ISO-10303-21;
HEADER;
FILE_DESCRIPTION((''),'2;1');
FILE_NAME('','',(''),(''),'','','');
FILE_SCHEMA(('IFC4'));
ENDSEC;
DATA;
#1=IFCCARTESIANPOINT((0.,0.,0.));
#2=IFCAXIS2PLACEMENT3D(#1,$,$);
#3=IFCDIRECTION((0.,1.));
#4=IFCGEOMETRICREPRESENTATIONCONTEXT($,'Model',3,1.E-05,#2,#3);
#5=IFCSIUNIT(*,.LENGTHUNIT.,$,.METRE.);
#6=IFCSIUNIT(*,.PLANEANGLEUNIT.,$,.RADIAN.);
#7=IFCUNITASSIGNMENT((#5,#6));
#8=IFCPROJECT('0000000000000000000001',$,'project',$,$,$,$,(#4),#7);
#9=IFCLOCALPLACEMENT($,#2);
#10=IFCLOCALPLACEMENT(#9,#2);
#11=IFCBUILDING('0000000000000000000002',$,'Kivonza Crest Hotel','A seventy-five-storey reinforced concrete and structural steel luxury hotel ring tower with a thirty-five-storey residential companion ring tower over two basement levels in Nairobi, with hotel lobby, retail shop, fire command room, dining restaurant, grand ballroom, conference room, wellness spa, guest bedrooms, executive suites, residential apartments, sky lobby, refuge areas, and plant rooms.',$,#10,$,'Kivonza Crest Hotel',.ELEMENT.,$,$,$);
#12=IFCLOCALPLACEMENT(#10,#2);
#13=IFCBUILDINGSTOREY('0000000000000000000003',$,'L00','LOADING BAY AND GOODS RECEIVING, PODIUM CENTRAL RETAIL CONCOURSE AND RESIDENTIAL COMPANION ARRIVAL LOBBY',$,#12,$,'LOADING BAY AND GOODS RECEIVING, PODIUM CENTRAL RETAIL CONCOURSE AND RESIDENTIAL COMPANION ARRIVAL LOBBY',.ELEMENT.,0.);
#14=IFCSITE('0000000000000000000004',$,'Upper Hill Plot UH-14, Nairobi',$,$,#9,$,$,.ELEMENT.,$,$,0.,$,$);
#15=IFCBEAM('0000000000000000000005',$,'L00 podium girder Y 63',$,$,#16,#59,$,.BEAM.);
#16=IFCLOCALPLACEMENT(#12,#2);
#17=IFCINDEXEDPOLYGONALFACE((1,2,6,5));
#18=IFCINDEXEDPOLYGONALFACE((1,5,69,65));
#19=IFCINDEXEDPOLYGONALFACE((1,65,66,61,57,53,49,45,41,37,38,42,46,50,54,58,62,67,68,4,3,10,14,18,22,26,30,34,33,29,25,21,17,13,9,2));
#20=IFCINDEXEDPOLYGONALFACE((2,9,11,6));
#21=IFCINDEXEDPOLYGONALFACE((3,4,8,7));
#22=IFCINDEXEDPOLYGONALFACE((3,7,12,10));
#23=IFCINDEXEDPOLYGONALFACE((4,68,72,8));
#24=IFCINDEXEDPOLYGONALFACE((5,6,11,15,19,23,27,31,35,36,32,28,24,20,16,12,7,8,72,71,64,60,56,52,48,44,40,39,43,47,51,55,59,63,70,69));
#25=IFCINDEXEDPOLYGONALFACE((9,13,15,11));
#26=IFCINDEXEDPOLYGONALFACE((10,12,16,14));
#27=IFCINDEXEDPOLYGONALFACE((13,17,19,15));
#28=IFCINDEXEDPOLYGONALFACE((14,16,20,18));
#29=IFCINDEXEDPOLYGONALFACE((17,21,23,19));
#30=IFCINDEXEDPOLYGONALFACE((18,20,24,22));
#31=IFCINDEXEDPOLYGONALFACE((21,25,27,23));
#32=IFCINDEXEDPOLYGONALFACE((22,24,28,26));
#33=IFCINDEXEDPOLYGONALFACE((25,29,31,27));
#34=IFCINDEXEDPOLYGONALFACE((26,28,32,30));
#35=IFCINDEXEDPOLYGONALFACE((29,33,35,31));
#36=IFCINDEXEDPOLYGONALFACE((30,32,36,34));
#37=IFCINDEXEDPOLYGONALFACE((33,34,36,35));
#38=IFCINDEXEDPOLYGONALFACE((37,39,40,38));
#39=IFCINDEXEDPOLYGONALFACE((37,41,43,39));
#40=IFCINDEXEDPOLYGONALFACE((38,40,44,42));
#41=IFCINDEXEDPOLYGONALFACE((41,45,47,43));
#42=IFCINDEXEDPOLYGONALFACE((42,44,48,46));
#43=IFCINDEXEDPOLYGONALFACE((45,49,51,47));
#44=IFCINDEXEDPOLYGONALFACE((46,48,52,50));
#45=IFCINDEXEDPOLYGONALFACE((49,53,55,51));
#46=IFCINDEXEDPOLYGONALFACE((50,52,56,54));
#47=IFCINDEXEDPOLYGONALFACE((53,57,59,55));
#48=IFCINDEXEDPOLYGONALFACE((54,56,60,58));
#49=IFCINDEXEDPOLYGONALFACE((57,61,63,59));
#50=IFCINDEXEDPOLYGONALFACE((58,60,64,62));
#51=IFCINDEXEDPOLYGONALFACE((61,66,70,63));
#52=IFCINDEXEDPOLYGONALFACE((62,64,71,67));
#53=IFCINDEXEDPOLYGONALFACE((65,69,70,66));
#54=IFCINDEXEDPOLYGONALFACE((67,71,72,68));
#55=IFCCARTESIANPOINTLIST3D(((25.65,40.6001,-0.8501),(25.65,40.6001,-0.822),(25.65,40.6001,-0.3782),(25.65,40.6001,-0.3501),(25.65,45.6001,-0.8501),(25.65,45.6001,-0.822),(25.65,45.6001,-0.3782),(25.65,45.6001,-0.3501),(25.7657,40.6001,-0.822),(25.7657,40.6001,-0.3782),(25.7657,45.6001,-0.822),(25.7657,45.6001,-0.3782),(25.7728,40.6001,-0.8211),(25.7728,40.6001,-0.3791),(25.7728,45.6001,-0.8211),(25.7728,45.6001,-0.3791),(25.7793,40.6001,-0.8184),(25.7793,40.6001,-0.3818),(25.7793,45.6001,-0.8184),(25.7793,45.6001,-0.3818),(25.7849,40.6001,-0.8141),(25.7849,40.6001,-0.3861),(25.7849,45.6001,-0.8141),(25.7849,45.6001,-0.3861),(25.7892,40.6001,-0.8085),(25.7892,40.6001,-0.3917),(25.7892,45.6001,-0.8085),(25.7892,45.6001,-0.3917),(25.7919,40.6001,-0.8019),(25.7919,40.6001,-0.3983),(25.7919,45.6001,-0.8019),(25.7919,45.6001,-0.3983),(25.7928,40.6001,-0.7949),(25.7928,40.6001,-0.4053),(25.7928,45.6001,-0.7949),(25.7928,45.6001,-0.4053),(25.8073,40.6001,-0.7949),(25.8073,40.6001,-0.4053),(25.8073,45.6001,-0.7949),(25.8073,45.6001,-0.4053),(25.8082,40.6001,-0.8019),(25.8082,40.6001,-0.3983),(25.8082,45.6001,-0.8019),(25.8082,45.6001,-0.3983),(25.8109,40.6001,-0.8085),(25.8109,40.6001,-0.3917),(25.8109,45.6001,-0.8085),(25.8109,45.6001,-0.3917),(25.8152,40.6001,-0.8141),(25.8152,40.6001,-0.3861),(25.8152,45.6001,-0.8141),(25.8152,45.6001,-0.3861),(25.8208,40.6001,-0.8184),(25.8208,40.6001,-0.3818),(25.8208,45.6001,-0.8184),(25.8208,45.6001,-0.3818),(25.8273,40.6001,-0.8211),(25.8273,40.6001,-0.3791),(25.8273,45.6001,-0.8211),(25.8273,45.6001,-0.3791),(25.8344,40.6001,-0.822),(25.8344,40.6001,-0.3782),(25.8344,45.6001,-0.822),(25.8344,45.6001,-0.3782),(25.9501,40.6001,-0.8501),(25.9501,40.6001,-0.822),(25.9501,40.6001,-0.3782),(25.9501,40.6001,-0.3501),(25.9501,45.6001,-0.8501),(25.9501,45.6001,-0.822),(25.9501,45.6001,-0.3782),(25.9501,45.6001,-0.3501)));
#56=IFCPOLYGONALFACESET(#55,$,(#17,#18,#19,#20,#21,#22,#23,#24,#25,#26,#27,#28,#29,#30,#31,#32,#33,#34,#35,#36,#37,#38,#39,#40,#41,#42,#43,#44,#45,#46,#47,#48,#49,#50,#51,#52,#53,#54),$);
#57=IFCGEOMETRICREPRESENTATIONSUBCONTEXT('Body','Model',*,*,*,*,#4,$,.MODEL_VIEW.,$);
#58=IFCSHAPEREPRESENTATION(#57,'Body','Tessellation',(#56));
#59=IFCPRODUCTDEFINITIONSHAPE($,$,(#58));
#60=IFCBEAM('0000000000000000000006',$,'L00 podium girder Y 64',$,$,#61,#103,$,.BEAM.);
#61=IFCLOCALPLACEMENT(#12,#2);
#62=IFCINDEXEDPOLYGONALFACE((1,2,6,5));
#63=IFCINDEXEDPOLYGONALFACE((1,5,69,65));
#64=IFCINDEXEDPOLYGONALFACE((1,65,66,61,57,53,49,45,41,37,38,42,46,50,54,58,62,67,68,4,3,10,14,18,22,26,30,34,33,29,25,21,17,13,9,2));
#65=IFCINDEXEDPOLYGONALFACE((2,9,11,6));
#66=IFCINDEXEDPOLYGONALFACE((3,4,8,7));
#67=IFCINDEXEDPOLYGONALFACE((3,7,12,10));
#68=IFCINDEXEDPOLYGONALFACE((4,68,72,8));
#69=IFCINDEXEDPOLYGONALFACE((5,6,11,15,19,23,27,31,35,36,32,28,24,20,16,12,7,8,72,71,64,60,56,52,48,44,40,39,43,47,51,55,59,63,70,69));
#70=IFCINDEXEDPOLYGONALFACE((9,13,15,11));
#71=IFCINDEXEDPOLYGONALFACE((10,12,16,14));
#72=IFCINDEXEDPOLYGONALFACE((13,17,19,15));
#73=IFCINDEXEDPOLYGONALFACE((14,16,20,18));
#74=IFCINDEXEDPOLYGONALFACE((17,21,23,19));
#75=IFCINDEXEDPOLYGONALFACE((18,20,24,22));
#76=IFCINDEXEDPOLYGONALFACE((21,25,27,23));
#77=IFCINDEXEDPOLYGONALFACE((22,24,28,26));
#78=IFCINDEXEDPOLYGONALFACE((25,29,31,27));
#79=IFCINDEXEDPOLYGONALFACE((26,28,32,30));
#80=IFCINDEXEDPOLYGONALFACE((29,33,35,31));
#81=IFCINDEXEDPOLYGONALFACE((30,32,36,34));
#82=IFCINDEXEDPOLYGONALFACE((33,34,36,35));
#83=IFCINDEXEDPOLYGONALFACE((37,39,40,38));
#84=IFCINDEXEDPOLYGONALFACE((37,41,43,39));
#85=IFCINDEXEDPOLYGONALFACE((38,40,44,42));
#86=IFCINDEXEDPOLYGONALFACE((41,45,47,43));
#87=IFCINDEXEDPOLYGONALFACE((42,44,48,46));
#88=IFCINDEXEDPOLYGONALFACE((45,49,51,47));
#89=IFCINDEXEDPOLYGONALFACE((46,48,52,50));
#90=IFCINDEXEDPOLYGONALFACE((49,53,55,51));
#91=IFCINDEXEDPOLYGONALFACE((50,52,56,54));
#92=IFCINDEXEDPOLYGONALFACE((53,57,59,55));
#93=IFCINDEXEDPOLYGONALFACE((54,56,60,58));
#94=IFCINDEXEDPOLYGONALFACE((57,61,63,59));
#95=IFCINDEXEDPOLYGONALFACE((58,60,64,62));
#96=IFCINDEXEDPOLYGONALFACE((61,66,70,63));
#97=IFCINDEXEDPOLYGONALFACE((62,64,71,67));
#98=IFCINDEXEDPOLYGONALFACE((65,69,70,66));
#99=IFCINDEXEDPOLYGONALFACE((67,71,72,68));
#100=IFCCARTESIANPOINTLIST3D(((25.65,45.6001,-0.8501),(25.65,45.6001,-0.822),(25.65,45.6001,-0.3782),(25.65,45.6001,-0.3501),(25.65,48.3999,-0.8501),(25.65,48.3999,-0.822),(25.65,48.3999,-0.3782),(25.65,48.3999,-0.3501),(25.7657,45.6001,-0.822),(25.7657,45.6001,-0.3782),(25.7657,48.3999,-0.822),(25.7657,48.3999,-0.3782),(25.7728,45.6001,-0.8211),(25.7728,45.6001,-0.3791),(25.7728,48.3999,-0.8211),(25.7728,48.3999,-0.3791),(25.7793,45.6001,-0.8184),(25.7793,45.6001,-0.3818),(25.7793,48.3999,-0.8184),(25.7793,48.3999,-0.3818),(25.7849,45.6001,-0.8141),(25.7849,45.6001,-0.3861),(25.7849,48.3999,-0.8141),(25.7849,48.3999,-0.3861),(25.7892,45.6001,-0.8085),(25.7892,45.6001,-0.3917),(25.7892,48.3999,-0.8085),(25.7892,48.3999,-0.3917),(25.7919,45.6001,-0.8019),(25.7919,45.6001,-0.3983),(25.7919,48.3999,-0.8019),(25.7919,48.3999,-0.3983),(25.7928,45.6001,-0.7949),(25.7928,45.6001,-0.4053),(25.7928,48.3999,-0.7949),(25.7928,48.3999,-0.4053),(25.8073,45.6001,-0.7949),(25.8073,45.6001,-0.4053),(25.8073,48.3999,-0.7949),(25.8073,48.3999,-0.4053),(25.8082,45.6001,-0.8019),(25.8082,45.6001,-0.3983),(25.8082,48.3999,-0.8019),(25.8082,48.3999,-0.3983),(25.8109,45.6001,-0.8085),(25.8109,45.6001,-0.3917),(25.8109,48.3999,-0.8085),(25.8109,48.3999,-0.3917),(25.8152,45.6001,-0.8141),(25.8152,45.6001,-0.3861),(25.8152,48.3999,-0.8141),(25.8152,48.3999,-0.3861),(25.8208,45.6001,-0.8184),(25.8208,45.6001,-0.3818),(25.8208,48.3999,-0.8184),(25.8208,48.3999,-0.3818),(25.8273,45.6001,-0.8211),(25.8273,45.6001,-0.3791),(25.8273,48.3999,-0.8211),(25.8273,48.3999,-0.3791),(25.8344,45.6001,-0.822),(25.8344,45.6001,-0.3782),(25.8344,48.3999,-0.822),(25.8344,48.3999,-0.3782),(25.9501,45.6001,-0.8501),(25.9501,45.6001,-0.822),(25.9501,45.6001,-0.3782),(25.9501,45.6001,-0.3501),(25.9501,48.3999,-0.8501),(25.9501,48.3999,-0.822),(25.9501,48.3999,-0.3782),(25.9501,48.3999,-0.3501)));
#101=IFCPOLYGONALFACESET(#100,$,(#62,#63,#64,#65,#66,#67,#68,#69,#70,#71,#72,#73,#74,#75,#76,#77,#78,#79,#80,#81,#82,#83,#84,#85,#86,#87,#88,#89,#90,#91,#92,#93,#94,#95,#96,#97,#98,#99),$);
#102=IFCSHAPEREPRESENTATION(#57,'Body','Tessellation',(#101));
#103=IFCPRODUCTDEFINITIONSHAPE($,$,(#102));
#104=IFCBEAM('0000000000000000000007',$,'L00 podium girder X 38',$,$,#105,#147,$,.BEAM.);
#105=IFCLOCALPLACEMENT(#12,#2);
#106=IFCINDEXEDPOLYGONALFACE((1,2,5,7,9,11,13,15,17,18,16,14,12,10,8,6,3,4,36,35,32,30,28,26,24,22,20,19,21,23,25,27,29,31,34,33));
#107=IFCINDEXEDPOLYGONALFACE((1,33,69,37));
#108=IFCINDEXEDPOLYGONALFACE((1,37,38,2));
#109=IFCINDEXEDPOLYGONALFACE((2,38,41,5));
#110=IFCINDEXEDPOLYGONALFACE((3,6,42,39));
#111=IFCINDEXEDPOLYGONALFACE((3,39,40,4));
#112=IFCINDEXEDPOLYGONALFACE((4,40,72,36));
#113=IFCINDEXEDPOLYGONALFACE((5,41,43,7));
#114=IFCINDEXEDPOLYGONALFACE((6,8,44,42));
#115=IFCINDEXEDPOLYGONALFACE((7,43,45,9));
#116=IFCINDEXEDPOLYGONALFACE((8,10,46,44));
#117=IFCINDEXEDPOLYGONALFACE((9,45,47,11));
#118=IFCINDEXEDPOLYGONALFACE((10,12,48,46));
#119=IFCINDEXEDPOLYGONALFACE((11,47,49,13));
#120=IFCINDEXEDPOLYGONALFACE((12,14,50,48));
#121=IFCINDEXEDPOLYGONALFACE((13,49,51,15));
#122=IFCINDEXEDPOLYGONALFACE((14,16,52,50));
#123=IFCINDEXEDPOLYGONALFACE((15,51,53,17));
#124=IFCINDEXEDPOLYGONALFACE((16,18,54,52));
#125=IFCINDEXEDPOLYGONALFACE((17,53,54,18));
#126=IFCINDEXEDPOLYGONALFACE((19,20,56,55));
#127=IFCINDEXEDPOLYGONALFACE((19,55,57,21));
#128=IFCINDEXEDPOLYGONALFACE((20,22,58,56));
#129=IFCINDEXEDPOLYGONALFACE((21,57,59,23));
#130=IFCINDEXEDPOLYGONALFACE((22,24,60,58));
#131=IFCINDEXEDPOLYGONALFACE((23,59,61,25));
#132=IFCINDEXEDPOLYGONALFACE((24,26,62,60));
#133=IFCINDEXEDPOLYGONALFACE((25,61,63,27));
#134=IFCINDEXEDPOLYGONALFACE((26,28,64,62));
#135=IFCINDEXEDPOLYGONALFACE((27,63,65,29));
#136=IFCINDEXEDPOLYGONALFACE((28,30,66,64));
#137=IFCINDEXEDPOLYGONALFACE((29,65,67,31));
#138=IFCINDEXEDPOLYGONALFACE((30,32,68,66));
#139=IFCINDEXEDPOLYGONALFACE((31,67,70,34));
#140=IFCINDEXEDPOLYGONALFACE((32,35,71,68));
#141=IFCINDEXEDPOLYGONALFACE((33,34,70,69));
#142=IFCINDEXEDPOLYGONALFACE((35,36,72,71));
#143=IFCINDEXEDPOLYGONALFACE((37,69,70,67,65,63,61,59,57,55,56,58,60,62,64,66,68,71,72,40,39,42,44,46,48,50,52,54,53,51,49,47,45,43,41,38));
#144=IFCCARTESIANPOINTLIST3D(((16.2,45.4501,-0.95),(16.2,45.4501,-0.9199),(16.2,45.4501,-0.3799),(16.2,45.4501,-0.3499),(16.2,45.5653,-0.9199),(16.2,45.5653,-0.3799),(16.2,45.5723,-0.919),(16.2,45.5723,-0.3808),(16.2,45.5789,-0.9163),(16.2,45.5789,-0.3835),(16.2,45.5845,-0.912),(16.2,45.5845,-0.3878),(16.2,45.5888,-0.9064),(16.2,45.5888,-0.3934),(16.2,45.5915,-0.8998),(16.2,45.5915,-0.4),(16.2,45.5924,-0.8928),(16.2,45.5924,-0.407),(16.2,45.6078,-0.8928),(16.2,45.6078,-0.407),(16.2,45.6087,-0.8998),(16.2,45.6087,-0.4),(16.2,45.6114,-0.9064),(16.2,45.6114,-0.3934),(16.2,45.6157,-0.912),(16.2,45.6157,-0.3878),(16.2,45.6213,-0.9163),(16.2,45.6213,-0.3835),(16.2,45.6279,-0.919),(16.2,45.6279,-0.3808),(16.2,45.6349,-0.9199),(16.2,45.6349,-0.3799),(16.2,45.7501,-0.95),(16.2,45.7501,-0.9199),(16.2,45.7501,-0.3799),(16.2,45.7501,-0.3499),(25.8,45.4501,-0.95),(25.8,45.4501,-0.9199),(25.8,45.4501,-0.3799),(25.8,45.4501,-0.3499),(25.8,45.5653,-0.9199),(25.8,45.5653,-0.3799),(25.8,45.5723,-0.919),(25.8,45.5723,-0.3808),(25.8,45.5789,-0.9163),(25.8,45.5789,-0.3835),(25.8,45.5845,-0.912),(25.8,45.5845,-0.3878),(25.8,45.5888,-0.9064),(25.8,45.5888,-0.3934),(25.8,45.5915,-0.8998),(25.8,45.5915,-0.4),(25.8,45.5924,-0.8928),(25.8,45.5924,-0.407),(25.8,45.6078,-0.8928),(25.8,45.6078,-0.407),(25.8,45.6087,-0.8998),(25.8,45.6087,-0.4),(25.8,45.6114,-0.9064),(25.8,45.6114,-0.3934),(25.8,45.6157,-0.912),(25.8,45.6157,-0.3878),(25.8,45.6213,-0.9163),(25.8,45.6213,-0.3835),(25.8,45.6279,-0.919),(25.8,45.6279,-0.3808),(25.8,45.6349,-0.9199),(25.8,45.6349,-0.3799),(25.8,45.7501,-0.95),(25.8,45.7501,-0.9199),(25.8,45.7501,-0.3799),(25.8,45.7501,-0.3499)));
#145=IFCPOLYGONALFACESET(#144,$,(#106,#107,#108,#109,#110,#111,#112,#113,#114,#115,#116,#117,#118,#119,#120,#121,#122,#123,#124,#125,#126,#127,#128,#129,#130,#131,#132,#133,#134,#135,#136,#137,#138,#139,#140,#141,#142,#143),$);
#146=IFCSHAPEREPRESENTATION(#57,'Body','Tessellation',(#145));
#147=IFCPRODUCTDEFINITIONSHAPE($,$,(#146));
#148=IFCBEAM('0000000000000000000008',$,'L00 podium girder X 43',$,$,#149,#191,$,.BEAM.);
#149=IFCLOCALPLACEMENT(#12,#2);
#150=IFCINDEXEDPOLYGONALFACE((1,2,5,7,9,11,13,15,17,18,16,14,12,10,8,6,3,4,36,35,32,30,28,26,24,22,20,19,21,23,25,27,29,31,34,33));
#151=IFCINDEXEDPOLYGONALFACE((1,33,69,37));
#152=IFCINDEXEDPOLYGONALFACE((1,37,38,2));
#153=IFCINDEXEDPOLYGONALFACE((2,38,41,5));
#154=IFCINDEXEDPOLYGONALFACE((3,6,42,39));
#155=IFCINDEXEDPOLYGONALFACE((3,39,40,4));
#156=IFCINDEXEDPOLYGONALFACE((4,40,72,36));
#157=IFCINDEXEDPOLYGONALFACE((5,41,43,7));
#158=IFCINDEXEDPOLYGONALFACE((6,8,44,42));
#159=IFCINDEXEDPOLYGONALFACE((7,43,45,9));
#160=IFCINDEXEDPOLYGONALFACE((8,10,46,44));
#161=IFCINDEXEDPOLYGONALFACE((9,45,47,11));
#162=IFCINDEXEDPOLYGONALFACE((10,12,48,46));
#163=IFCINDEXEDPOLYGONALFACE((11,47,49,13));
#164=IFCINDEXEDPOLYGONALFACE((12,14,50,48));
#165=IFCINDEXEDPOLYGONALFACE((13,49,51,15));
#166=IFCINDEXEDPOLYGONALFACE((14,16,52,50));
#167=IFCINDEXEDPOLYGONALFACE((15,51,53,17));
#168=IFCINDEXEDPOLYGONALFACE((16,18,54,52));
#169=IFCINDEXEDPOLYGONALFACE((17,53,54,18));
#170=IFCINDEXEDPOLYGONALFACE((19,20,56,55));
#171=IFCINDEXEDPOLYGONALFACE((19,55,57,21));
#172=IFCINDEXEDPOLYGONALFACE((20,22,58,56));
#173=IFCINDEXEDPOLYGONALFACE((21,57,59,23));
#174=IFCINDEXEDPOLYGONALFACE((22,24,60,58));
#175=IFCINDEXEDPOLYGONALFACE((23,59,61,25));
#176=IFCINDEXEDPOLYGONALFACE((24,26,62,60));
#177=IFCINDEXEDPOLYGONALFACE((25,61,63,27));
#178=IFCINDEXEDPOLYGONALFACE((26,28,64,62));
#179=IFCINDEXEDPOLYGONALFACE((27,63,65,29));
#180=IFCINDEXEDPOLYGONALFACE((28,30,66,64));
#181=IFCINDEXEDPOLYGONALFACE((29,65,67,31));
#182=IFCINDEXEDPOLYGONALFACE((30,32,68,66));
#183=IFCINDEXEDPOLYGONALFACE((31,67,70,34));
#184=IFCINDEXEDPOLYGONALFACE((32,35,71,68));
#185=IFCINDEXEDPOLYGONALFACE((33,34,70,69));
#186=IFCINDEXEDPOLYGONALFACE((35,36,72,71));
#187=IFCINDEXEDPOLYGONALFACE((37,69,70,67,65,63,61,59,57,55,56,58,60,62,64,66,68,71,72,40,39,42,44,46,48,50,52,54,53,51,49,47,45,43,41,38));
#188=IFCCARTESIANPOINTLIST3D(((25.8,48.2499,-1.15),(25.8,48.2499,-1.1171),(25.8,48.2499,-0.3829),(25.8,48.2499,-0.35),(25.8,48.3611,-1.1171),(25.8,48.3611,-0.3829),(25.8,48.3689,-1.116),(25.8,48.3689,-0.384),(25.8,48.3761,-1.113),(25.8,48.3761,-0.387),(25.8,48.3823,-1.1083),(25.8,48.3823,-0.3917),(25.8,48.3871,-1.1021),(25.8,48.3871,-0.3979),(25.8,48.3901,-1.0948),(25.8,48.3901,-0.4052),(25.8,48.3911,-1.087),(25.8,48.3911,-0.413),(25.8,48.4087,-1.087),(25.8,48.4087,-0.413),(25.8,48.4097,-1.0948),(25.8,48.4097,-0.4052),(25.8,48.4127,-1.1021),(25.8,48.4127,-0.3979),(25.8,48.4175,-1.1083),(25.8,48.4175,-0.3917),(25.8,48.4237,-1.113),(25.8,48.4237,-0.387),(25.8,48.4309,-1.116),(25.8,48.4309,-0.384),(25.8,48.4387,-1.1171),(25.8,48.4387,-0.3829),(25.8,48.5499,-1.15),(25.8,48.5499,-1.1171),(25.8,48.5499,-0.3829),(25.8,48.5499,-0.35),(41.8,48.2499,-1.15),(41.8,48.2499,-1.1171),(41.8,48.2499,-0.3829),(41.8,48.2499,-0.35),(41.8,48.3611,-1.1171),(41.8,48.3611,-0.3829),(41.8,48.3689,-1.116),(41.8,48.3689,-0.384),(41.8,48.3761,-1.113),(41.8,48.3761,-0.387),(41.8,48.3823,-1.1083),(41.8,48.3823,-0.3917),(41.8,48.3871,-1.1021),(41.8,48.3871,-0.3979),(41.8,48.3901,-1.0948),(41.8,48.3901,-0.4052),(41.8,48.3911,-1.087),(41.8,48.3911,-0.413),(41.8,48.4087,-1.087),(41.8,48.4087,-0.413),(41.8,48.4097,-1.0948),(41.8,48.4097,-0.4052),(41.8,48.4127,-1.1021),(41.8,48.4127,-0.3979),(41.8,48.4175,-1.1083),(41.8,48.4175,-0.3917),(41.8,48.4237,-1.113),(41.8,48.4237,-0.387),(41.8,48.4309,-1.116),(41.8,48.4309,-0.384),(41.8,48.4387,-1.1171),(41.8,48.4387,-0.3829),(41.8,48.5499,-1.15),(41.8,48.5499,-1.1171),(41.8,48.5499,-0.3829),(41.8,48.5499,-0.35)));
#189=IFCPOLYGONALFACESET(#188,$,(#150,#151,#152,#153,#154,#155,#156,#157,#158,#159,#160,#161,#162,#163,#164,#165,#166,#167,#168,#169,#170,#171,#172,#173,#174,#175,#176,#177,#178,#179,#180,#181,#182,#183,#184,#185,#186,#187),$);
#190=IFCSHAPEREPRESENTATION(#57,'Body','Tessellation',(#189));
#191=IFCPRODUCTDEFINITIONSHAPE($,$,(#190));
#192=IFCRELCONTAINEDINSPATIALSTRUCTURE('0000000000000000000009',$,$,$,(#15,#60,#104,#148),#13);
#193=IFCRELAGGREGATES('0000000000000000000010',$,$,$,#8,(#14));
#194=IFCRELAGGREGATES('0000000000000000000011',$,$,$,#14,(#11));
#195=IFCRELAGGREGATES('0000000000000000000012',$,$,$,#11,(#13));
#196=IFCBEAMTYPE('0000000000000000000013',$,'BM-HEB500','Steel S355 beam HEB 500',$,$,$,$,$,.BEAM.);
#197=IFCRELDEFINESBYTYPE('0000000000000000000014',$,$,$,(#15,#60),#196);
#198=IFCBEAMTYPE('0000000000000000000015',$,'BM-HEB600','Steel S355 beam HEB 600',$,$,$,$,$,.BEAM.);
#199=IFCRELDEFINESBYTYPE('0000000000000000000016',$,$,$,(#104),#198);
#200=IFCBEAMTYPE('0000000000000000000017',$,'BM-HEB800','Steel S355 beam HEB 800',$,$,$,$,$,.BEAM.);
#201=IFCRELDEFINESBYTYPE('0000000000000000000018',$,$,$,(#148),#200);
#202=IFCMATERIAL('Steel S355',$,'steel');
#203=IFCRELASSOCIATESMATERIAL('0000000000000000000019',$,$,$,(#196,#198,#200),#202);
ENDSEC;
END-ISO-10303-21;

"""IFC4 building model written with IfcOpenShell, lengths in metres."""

from ifc_helpers import new_model, si_unit, direction, frame, origin, origin_2d, place, context, subcontext, project, spatial, i_section, extrude, material, material_profile, profile_set, type_object, element, save


model = new_model("IFC4")

# Units and contexts
model_context = context("Model", 3, precision=1e-05, world=origin(), true_north=direction((0.0, 1.0)))
body_context = subcontext(model_context, "Body", "Model", "MODEL_VIEW")
ifc_project = project(units=[si_unit("LENGTHUNIT", "METRE"), si_unit("PLANEANGLEUNIT", "RADIAN")], contexts=[model_context])

# Site, building, storey
site_placement = place(None, origin())
site = spatial("IfcSite", under=ifc_project, at=site_placement, Name="Upper Hill Plot UH-14, Nairobi", CompositionType="ELEMENT", RefElevation=0.0)
building_placement = place(site_placement, origin())
building = spatial("IfcBuilding", under=site, at=building_placement, Name="Kivonza Crest Hotel", Description="A seventy-five-storey reinforced concrete and structural steel luxury hotel ring tower with a thirty-five-storey residential companion ring tower over two basement levels in Nairobi, with hotel lobby, retail shop, fire command room, dining restaurant, grand ballroom, conference room, wellness spa, guest bedrooms, executive suites, residential apartments, sky lobby, refuge areas, and plant rooms.", LongName="Kivonza Crest Hotel", CompositionType="ELEMENT")
storey_placement = place(building_placement, origin())
storey = spatial("IfcBuildingStorey", under=building, at=storey_placement, Name="L00", Description="LOADING BAY AND GOODS RECEIVING, PODIUM CENTRAL RETAIL CONCOURSE AND RESIDENTIAL COMPANION ARRIVAL LOBBY", LongName="LOADING BAY AND GOODS RECEIVING, PODIUM CENTRAL RETAIL CONCOURSE AND RESIDENTIAL COMPANION ARRIVAL LOBBY", CompositionType="ELEMENT", Elevation=0.0)

# Beams
ifc_material_1 = material(Name="Steel S355", Category="steel")
ifc_material_profile_1 = material_profile(ifc_material_1, i_section(OverallWidth=0.3, OverallDepth=0.5, WebThickness=0.0144, FlangeThickness=0.0281, FilletRadius=0.0271, at=origin_2d()), Name="HEB 500")
ifc_profile_set_1 = profile_set([ifc_material_profile_1], Name="Steel S355")
beam_type_1 = type_object("IfcBeamType", Name="BM-HEB500", Description="Steel S355 beam HEB 500", PredefinedType="BEAM", material=ifc_profile_set_1)
beam_1_placement = place(storey_placement, frame((25.8, 40.6001, -0.6001), z_axis=(0.0, 1.0, 0.0), x_axis=(-1.0, 0.0, 0.0)))
element("IfcBeam", 1, at=beam_1_placement, inside=storey, type_object=beam_type_1, Name="L00 podium girder Y 63", PredefinedType="BEAM", context=body_context, shape_type="SweptSolid", body=[
    extrude(i_section(OverallWidth=0.3, OverallDepth=0.5, WebThickness=0.0144, FlangeThickness=0.0281, FilletRadius=0.0271, at=origin_2d()), origin(), (0.0, 0.0, 1.0), 5.0),
])
beam_2_placement = place(storey_placement, frame((25.8, 45.6001, -0.6001), z_axis=(0.0, 1.0, 0.0), x_axis=(-1.0, 0.0, 0.0)))
element("IfcBeam", 2, at=beam_2_placement, inside=storey, type_object=beam_type_1, Name="L00 podium girder Y 64", PredefinedType="BEAM", context=body_context, shape_type="SweptSolid", body=[
    extrude(i_section(OverallWidth=0.3, OverallDepth=0.5, WebThickness=0.0144, FlangeThickness=0.0281, FilletRadius=0.0271, at=origin_2d()), origin(), (0.0, 0.0, 1.0), 2.7998),
])
ifc_material_profile_2 = material_profile(ifc_material_1, i_section(OverallWidth=0.3, OverallDepth=0.6001, WebThickness=0.0154, FlangeThickness=0.03, FilletRadius=0.0271, at=origin_2d()), Name="HEB 600")
ifc_profile_set_2 = profile_set([ifc_material_profile_2], Name="Steel S355")
beam_type_2 = type_object("IfcBeamType", Name="BM-HEB600", Description="Steel S355 beam HEB 600", PredefinedType="BEAM", material=ifc_profile_set_2)
beam_3_placement = place(storey_placement, frame((16.2, 45.6001, -0.6499), z_axis=(1.0, 0.0, 0.0), x_axis=(0.0, 1.0, 0.0)))
element("IfcBeam", 3, at=beam_3_placement, inside=storey, type_object=beam_type_2, Name="L00 podium girder X 38", PredefinedType="BEAM", context=body_context, shape_type="SweptSolid", body=[
    extrude(i_section(OverallWidth=0.3, OverallDepth=0.6001, WebThickness=0.0154, FlangeThickness=0.03, FilletRadius=0.0271, at=origin_2d()), origin(), (0.0, 0.0, 1.0), 9.6001),
])
ifc_material_profile_3 = material_profile(ifc_material_1, i_section(OverallWidth=0.3, OverallDepth=0.8, WebThickness=0.0176, FlangeThickness=0.033, FilletRadius=0.03, at=origin_2d()), Name="HEB 800")
ifc_profile_set_3 = profile_set([ifc_material_profile_3], Name="Steel S355")
beam_type_3 = type_object("IfcBeamType", Name="BM-HEB800", Description="Steel S355 beam HEB 800", PredefinedType="BEAM", material=ifc_profile_set_3)
beam_4_placement = place(storey_placement, frame((25.8, 48.3999, -0.75), z_axis=(1.0, 0.0, 0.0), x_axis=(0.0, 1.0, 0.0)))
element("IfcBeam", 4, at=beam_4_placement, inside=storey, type_object=beam_type_3, Name="L00 podium girder X 43", PredefinedType="BEAM", context=body_context, shape_type="SweptSolid", body=[
    extrude(i_section(OverallWidth=0.3, OverallDepth=0.8, WebThickness=0.0176, FlangeThickness=0.033, FilletRadius=0.03, at=origin_2d()), origin(), (0.0, 0.0, 1.0), 16.0),
])

save(model, "model.ifc")
